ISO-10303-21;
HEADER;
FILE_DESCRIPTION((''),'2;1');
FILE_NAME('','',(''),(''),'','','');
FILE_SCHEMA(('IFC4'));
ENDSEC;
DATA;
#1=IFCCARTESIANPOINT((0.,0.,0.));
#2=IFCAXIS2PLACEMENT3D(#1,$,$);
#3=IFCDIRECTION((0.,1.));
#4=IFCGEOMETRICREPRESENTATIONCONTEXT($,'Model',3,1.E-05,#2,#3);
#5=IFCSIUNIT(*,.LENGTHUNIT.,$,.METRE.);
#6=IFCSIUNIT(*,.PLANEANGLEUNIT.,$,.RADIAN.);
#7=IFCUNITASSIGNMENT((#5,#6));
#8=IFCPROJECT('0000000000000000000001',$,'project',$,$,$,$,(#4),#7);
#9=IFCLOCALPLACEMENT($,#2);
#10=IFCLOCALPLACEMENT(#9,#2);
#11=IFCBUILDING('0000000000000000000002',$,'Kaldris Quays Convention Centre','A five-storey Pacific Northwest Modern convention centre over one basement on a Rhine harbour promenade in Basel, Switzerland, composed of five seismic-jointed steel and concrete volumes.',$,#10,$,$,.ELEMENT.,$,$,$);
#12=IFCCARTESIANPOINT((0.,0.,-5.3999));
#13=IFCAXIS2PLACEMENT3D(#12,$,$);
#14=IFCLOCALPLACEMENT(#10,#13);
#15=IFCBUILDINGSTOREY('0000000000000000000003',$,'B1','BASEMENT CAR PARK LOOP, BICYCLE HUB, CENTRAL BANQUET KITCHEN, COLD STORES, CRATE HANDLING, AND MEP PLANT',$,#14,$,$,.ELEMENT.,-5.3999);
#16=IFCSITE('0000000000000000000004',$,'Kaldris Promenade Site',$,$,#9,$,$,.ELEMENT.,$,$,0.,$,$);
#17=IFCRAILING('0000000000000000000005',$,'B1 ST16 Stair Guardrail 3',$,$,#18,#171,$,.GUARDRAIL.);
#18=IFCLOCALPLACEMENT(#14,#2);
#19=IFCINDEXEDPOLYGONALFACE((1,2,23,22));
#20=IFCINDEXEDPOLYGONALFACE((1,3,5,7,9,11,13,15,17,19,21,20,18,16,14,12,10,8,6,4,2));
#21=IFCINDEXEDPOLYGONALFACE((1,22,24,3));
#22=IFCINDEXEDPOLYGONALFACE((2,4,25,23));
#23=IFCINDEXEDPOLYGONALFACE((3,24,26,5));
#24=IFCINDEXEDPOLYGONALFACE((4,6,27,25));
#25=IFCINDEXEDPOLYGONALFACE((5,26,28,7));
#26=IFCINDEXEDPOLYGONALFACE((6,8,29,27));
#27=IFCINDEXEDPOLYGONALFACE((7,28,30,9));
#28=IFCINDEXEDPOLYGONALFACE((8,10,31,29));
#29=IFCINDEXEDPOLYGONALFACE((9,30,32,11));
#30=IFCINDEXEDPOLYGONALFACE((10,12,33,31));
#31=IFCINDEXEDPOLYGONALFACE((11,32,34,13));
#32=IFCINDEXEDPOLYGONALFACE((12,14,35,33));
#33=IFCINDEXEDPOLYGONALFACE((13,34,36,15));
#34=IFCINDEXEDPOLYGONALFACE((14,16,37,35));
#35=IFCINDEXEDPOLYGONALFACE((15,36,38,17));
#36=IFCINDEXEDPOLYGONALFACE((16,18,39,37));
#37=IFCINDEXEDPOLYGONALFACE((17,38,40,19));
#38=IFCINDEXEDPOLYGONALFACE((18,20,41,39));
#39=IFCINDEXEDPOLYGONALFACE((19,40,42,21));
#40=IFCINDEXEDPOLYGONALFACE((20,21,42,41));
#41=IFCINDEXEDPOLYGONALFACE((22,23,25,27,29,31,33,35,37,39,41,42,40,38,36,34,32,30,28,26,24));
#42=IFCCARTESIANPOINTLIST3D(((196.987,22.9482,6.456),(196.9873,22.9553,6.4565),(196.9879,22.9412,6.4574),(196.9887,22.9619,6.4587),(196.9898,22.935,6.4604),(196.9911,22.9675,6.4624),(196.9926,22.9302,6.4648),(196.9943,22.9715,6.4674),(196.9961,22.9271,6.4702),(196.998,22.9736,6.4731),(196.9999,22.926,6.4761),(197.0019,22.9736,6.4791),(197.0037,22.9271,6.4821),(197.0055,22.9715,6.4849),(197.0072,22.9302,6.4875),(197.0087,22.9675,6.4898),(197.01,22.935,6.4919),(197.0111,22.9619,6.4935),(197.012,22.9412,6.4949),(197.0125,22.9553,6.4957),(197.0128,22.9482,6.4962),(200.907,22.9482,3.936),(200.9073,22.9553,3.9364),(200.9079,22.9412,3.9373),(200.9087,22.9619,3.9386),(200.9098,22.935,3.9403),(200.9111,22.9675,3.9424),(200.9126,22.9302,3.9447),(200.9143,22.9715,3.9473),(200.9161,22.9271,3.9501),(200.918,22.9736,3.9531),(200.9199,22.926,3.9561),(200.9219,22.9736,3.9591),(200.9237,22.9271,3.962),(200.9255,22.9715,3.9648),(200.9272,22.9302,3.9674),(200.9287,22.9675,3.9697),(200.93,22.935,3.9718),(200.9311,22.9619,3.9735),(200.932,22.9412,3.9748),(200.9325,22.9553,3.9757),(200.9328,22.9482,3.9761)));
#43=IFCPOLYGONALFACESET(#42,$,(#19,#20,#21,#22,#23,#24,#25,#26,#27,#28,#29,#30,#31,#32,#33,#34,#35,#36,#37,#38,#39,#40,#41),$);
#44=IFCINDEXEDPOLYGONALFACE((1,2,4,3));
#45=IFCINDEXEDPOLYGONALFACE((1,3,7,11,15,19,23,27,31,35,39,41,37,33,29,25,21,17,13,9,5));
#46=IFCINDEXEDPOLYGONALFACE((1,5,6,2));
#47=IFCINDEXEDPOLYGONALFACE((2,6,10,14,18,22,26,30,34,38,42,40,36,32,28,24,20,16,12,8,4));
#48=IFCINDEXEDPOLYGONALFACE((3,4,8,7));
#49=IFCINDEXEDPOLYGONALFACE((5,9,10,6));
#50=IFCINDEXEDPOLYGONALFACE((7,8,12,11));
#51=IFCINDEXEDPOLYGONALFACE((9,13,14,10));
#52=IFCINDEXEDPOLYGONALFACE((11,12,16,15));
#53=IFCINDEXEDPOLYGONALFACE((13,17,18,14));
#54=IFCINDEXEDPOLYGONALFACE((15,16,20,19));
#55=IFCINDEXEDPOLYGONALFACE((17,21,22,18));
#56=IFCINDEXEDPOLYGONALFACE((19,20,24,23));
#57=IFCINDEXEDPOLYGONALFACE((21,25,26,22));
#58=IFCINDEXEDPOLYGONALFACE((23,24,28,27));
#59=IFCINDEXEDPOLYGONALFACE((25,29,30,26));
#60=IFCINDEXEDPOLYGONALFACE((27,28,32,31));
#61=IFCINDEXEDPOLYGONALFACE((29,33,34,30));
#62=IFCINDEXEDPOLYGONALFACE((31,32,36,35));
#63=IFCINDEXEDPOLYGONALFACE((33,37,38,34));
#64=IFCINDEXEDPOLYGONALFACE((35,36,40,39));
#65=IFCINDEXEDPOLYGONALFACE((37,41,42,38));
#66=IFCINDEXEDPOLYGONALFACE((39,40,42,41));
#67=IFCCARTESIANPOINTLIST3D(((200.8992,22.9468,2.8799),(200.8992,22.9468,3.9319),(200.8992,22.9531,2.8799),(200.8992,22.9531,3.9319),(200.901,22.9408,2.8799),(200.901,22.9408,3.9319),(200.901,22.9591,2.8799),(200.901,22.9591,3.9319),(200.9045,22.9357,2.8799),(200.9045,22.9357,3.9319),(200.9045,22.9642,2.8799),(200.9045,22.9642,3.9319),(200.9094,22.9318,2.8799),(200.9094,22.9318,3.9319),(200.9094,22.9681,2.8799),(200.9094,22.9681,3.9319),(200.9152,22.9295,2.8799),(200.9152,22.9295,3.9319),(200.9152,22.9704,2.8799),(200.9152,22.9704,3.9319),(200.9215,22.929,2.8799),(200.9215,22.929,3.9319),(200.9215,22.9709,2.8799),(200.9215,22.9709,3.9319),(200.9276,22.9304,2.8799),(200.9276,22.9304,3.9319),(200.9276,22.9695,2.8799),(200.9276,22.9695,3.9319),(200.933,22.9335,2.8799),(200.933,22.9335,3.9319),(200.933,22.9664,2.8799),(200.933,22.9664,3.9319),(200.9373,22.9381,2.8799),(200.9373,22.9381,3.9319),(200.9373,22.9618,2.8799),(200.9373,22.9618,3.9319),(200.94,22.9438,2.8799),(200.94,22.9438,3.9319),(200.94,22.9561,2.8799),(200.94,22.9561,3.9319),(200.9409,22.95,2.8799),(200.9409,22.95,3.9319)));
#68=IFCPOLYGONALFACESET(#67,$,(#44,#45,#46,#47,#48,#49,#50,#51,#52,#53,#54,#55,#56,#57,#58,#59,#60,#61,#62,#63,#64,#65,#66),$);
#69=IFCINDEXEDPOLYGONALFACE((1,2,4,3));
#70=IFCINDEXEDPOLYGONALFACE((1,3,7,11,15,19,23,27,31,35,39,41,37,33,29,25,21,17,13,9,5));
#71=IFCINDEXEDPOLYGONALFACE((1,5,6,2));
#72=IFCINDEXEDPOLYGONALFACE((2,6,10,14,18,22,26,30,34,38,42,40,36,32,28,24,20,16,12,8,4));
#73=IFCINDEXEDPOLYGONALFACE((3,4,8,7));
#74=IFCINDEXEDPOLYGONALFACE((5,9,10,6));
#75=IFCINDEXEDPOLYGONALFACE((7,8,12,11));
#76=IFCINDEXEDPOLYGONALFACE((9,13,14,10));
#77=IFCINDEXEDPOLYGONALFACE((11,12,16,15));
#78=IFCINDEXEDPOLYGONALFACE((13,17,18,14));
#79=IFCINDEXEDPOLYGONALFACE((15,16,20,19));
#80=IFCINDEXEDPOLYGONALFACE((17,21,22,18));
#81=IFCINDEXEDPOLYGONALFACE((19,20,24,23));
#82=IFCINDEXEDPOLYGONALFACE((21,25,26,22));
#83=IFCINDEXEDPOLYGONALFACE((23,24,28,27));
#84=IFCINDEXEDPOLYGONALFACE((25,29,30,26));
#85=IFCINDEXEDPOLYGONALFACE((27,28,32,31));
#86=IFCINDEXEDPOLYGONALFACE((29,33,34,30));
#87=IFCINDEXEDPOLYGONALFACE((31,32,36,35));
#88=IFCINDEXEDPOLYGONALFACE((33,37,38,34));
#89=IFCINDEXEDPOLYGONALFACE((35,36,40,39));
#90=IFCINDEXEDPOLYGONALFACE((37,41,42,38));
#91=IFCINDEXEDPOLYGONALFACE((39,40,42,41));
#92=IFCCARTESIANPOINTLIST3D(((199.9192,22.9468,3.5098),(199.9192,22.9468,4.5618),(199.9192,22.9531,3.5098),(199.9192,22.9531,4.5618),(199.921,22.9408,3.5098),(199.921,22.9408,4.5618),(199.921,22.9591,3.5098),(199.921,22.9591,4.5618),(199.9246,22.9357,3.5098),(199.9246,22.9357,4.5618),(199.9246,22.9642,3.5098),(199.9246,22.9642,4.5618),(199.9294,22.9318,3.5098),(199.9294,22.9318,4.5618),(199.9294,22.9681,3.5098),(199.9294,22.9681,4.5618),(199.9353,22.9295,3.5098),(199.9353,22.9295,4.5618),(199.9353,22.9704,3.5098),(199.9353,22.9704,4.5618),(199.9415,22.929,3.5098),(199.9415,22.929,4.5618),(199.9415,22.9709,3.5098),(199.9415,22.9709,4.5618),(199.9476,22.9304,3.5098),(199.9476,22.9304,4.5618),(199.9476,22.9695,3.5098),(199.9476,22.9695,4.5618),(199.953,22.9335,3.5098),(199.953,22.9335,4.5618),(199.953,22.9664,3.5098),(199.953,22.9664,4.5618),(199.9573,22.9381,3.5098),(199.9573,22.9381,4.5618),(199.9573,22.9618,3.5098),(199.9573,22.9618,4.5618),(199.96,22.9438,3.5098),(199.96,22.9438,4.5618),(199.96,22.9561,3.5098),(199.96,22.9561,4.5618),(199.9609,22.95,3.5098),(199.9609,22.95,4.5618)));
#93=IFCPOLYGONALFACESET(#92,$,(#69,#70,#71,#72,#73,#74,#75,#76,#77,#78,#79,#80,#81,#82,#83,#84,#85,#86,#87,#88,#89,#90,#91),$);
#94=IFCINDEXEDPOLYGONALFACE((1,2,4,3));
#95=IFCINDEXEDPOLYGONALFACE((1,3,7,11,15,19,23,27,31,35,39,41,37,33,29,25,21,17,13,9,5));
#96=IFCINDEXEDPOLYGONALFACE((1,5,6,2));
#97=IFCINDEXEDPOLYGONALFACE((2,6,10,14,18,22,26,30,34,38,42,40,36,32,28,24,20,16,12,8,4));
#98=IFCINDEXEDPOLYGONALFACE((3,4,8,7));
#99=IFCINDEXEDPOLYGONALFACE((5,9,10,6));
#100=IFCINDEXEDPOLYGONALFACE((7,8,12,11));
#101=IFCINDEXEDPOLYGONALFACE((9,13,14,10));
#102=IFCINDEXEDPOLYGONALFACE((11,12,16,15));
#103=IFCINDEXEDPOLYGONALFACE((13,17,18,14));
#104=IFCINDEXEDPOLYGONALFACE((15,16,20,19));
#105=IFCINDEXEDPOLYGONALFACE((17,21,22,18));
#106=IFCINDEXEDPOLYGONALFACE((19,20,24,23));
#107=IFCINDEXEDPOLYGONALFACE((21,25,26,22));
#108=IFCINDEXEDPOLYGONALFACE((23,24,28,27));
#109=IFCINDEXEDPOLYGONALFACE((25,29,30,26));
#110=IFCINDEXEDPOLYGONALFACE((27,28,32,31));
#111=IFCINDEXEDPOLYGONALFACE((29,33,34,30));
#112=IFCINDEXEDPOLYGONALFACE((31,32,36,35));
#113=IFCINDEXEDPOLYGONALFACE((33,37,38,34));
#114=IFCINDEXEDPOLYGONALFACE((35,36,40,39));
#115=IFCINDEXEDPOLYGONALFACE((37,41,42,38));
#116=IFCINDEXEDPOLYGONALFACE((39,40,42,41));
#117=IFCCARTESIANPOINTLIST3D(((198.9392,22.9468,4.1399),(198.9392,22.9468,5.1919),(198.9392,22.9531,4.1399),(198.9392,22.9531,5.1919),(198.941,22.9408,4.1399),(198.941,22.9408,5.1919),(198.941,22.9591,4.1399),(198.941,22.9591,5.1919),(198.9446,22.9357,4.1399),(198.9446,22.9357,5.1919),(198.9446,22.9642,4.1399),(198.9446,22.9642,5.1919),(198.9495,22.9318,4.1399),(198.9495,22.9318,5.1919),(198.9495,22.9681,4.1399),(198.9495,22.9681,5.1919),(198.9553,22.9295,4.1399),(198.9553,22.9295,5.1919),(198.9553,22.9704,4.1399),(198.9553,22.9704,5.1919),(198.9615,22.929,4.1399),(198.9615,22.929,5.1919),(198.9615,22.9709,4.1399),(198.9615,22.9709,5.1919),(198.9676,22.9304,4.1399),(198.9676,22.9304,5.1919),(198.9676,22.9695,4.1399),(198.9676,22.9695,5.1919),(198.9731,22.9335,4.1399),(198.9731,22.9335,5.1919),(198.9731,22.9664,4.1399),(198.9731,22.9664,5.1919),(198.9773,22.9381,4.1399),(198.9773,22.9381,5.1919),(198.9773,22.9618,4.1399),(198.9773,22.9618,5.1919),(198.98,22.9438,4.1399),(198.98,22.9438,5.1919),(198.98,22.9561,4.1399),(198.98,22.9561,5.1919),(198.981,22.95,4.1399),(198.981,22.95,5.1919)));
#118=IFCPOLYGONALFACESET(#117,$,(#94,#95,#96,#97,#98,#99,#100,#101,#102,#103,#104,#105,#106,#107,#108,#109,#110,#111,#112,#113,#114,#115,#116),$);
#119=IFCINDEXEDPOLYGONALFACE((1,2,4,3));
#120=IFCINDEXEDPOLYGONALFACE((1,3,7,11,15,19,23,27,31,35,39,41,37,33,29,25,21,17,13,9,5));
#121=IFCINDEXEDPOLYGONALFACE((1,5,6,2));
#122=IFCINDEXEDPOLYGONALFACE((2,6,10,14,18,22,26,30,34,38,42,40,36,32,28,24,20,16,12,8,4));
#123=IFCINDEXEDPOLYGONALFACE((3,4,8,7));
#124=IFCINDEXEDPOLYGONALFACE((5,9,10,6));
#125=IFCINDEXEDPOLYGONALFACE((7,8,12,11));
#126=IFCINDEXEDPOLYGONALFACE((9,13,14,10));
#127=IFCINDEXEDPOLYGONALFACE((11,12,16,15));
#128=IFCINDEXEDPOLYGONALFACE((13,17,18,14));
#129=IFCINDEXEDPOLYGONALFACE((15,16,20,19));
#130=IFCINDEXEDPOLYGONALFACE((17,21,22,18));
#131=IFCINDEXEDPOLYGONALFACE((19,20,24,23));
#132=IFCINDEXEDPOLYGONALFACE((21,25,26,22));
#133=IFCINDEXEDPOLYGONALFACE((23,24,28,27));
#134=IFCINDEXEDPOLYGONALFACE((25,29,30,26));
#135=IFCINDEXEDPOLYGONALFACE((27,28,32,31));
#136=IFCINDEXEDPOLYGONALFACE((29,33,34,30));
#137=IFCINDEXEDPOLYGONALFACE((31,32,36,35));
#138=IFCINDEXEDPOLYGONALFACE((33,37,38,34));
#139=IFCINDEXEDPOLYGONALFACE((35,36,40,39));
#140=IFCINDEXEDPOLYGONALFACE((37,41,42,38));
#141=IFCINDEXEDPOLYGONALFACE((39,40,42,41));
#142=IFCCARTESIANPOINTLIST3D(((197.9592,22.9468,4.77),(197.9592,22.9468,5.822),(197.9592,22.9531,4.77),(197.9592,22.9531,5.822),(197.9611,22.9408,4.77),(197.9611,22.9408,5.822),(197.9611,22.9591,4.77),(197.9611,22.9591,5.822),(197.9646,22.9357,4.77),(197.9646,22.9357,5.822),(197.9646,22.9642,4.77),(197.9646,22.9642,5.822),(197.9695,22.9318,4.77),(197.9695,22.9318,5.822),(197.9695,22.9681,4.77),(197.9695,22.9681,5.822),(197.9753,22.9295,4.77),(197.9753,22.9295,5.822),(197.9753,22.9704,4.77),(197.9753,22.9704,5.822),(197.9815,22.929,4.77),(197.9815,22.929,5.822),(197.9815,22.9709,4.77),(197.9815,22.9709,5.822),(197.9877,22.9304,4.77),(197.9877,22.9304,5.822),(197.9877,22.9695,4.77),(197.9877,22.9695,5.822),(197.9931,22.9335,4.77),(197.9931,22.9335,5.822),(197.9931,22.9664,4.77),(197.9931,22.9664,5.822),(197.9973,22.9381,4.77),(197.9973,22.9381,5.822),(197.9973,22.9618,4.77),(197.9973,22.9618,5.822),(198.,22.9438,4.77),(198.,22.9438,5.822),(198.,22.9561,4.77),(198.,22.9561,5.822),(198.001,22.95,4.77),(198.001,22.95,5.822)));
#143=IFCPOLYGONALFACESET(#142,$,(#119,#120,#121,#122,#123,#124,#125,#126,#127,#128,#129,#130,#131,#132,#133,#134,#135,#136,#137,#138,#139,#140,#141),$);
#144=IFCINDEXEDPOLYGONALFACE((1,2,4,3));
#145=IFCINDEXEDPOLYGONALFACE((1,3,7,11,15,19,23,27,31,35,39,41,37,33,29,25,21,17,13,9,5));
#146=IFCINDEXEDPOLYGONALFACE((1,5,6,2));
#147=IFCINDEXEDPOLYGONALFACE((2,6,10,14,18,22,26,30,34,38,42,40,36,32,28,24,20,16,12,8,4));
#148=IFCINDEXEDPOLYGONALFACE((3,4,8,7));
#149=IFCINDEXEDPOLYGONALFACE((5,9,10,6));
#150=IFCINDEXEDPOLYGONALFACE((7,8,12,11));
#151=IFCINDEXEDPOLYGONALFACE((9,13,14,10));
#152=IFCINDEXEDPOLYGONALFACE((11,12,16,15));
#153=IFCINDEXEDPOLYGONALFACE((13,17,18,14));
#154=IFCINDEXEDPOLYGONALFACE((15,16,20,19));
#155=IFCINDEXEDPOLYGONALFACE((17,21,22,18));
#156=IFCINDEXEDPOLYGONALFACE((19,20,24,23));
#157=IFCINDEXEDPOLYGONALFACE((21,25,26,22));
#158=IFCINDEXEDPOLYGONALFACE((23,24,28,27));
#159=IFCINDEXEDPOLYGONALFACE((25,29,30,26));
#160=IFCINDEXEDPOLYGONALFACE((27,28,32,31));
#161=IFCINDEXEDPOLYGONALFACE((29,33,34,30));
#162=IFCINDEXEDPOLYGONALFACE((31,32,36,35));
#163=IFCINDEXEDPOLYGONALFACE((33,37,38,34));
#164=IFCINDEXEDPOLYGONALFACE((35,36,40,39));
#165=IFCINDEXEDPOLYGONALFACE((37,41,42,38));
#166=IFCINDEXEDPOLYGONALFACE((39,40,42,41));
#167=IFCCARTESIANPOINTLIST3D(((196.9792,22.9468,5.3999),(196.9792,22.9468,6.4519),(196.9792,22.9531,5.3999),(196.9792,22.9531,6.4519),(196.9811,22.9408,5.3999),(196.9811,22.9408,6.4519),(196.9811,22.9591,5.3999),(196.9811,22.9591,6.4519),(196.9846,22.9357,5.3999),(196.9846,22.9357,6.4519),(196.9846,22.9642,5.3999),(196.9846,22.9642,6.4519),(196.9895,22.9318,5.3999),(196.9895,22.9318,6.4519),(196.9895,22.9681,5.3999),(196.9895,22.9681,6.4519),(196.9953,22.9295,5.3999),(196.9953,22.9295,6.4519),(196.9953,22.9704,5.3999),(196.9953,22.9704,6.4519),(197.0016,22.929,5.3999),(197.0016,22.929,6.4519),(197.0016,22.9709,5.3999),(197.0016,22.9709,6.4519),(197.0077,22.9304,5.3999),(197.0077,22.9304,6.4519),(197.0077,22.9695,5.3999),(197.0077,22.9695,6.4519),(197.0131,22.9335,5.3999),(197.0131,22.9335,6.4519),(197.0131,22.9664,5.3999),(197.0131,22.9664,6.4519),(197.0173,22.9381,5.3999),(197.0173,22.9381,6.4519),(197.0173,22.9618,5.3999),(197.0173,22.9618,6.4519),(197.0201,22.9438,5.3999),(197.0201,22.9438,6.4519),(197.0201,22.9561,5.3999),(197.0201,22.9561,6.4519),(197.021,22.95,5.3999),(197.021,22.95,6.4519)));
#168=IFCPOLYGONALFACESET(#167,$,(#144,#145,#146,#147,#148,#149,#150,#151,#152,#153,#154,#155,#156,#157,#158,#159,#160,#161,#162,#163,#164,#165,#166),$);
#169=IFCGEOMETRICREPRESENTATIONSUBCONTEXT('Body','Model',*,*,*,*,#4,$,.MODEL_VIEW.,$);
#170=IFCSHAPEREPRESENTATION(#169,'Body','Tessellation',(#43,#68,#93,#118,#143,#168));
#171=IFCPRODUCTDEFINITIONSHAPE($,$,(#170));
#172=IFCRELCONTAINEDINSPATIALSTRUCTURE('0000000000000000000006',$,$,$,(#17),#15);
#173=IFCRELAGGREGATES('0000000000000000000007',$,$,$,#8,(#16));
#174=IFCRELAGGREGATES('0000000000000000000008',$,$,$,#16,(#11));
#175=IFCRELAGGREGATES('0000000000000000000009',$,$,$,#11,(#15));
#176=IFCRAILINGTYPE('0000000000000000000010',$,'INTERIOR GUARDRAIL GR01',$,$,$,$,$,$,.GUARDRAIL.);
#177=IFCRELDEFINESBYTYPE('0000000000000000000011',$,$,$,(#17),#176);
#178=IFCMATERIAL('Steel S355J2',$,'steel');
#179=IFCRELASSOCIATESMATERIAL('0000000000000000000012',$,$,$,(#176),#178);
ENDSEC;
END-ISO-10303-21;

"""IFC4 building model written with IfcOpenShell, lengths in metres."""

from ifc_helpers import new_model, si_unit, direction, frame, origin, origin_2d, place, context, subcontext, project, spatial, circle, extrude, material, type_object, element, save


model = new_model("IFC4")

# Units and contexts
model_context = context("Model", 3, precision=1e-05, world=origin(), true_north=direction((0.0, 1.0)))
body_context = subcontext(model_context, "Body", "Model", "MODEL_VIEW")
ifc_project = project(units=[si_unit("LENGTHUNIT", "METRE"), si_unit("PLANEANGLEUNIT", "RADIAN")], contexts=[model_context])

# Site, building, storey
site_placement = place(None, origin())
site = spatial("IfcSite", under=ifc_project, at=site_placement, Name="Kaldris Promenade Site", CompositionType="ELEMENT", RefElevation=0.0)
building_placement = place(site_placement, origin())
building = spatial("IfcBuilding", under=site, at=building_placement, Name="Kaldris Quays Convention Centre", Description="A five-storey Pacific Northwest Modern convention centre over one basement on a Rhine harbour promenade in Basel, Switzerland, composed of five seismic-jointed steel and concrete volumes.", CompositionType="ELEMENT")
storey_placement = place(building_placement, frame((0.0, 0.0, -5.3999)))
storey = spatial("IfcBuildingStorey", under=building, at=storey_placement, Name="B1", Description="BASEMENT CAR PARK LOOP, BICYCLE HUB, CENTRAL BANQUET KITCHEN, COLD STORES, CRATE HANDLING, AND MEP PLANT", CompositionType="ELEMENT", Elevation=-5.3999)

# Shared definitions
ifc_material_1 = material(Name="Steel S355J2", Category="steel")

# Railing
railing_type_1 = type_object("IfcRailingType", Name="INTERIOR GUARDRAIL GR01", PredefinedType="GUARDRAIL", material=ifc_material_1)
railing_1_placement = place(storey_placement, frame((200.9199, 22.95, 2.8799)))
element("IfcRailing", 1, at=railing_1_placement, inside=storey, type_object=railing_type_1, Name="B1 ST16 Stair Guardrail 3", PredefinedType="GUARDRAIL", context=body_context, shape_type="SweptSolid", body=[
    extrude(circle(Radius=0.0239, at=origin_2d()), frame((0.0, 0.0, 1.0762), z_axis=(-0.841172, 0.0, 0.540768), x_axis=(0.0, -1.0, 0.0)), (0.0, 0.0, 1.0), 4.6602),
    extrude(circle(Radius=0.021, at=origin_2d()), origin(), (0.0, 0.0, 1.0), 1.052),
    extrude(circle(Radius=0.021, at=origin_2d()), frame((-0.98, 0.0, 0.6299)), (0.0, 0.0, 1.0), 1.052),
    extrude(circle(Radius=0.021, at=origin_2d()), frame((-1.96, 0.0, 1.26)), (0.0, 0.0, 1.0), 1.052),
    extrude(circle(Radius=0.021, at=origin_2d()), frame((-2.9399, 0.0, 1.8901)), (0.0, 0.0, 1.0), 1.052),
    extrude(circle(Radius=0.021, at=origin_2d()), frame((-3.9199, 0.0, 2.52)), (0.0, 0.0, 1.0), 1.052),
])

save(model, "model.ifc")
